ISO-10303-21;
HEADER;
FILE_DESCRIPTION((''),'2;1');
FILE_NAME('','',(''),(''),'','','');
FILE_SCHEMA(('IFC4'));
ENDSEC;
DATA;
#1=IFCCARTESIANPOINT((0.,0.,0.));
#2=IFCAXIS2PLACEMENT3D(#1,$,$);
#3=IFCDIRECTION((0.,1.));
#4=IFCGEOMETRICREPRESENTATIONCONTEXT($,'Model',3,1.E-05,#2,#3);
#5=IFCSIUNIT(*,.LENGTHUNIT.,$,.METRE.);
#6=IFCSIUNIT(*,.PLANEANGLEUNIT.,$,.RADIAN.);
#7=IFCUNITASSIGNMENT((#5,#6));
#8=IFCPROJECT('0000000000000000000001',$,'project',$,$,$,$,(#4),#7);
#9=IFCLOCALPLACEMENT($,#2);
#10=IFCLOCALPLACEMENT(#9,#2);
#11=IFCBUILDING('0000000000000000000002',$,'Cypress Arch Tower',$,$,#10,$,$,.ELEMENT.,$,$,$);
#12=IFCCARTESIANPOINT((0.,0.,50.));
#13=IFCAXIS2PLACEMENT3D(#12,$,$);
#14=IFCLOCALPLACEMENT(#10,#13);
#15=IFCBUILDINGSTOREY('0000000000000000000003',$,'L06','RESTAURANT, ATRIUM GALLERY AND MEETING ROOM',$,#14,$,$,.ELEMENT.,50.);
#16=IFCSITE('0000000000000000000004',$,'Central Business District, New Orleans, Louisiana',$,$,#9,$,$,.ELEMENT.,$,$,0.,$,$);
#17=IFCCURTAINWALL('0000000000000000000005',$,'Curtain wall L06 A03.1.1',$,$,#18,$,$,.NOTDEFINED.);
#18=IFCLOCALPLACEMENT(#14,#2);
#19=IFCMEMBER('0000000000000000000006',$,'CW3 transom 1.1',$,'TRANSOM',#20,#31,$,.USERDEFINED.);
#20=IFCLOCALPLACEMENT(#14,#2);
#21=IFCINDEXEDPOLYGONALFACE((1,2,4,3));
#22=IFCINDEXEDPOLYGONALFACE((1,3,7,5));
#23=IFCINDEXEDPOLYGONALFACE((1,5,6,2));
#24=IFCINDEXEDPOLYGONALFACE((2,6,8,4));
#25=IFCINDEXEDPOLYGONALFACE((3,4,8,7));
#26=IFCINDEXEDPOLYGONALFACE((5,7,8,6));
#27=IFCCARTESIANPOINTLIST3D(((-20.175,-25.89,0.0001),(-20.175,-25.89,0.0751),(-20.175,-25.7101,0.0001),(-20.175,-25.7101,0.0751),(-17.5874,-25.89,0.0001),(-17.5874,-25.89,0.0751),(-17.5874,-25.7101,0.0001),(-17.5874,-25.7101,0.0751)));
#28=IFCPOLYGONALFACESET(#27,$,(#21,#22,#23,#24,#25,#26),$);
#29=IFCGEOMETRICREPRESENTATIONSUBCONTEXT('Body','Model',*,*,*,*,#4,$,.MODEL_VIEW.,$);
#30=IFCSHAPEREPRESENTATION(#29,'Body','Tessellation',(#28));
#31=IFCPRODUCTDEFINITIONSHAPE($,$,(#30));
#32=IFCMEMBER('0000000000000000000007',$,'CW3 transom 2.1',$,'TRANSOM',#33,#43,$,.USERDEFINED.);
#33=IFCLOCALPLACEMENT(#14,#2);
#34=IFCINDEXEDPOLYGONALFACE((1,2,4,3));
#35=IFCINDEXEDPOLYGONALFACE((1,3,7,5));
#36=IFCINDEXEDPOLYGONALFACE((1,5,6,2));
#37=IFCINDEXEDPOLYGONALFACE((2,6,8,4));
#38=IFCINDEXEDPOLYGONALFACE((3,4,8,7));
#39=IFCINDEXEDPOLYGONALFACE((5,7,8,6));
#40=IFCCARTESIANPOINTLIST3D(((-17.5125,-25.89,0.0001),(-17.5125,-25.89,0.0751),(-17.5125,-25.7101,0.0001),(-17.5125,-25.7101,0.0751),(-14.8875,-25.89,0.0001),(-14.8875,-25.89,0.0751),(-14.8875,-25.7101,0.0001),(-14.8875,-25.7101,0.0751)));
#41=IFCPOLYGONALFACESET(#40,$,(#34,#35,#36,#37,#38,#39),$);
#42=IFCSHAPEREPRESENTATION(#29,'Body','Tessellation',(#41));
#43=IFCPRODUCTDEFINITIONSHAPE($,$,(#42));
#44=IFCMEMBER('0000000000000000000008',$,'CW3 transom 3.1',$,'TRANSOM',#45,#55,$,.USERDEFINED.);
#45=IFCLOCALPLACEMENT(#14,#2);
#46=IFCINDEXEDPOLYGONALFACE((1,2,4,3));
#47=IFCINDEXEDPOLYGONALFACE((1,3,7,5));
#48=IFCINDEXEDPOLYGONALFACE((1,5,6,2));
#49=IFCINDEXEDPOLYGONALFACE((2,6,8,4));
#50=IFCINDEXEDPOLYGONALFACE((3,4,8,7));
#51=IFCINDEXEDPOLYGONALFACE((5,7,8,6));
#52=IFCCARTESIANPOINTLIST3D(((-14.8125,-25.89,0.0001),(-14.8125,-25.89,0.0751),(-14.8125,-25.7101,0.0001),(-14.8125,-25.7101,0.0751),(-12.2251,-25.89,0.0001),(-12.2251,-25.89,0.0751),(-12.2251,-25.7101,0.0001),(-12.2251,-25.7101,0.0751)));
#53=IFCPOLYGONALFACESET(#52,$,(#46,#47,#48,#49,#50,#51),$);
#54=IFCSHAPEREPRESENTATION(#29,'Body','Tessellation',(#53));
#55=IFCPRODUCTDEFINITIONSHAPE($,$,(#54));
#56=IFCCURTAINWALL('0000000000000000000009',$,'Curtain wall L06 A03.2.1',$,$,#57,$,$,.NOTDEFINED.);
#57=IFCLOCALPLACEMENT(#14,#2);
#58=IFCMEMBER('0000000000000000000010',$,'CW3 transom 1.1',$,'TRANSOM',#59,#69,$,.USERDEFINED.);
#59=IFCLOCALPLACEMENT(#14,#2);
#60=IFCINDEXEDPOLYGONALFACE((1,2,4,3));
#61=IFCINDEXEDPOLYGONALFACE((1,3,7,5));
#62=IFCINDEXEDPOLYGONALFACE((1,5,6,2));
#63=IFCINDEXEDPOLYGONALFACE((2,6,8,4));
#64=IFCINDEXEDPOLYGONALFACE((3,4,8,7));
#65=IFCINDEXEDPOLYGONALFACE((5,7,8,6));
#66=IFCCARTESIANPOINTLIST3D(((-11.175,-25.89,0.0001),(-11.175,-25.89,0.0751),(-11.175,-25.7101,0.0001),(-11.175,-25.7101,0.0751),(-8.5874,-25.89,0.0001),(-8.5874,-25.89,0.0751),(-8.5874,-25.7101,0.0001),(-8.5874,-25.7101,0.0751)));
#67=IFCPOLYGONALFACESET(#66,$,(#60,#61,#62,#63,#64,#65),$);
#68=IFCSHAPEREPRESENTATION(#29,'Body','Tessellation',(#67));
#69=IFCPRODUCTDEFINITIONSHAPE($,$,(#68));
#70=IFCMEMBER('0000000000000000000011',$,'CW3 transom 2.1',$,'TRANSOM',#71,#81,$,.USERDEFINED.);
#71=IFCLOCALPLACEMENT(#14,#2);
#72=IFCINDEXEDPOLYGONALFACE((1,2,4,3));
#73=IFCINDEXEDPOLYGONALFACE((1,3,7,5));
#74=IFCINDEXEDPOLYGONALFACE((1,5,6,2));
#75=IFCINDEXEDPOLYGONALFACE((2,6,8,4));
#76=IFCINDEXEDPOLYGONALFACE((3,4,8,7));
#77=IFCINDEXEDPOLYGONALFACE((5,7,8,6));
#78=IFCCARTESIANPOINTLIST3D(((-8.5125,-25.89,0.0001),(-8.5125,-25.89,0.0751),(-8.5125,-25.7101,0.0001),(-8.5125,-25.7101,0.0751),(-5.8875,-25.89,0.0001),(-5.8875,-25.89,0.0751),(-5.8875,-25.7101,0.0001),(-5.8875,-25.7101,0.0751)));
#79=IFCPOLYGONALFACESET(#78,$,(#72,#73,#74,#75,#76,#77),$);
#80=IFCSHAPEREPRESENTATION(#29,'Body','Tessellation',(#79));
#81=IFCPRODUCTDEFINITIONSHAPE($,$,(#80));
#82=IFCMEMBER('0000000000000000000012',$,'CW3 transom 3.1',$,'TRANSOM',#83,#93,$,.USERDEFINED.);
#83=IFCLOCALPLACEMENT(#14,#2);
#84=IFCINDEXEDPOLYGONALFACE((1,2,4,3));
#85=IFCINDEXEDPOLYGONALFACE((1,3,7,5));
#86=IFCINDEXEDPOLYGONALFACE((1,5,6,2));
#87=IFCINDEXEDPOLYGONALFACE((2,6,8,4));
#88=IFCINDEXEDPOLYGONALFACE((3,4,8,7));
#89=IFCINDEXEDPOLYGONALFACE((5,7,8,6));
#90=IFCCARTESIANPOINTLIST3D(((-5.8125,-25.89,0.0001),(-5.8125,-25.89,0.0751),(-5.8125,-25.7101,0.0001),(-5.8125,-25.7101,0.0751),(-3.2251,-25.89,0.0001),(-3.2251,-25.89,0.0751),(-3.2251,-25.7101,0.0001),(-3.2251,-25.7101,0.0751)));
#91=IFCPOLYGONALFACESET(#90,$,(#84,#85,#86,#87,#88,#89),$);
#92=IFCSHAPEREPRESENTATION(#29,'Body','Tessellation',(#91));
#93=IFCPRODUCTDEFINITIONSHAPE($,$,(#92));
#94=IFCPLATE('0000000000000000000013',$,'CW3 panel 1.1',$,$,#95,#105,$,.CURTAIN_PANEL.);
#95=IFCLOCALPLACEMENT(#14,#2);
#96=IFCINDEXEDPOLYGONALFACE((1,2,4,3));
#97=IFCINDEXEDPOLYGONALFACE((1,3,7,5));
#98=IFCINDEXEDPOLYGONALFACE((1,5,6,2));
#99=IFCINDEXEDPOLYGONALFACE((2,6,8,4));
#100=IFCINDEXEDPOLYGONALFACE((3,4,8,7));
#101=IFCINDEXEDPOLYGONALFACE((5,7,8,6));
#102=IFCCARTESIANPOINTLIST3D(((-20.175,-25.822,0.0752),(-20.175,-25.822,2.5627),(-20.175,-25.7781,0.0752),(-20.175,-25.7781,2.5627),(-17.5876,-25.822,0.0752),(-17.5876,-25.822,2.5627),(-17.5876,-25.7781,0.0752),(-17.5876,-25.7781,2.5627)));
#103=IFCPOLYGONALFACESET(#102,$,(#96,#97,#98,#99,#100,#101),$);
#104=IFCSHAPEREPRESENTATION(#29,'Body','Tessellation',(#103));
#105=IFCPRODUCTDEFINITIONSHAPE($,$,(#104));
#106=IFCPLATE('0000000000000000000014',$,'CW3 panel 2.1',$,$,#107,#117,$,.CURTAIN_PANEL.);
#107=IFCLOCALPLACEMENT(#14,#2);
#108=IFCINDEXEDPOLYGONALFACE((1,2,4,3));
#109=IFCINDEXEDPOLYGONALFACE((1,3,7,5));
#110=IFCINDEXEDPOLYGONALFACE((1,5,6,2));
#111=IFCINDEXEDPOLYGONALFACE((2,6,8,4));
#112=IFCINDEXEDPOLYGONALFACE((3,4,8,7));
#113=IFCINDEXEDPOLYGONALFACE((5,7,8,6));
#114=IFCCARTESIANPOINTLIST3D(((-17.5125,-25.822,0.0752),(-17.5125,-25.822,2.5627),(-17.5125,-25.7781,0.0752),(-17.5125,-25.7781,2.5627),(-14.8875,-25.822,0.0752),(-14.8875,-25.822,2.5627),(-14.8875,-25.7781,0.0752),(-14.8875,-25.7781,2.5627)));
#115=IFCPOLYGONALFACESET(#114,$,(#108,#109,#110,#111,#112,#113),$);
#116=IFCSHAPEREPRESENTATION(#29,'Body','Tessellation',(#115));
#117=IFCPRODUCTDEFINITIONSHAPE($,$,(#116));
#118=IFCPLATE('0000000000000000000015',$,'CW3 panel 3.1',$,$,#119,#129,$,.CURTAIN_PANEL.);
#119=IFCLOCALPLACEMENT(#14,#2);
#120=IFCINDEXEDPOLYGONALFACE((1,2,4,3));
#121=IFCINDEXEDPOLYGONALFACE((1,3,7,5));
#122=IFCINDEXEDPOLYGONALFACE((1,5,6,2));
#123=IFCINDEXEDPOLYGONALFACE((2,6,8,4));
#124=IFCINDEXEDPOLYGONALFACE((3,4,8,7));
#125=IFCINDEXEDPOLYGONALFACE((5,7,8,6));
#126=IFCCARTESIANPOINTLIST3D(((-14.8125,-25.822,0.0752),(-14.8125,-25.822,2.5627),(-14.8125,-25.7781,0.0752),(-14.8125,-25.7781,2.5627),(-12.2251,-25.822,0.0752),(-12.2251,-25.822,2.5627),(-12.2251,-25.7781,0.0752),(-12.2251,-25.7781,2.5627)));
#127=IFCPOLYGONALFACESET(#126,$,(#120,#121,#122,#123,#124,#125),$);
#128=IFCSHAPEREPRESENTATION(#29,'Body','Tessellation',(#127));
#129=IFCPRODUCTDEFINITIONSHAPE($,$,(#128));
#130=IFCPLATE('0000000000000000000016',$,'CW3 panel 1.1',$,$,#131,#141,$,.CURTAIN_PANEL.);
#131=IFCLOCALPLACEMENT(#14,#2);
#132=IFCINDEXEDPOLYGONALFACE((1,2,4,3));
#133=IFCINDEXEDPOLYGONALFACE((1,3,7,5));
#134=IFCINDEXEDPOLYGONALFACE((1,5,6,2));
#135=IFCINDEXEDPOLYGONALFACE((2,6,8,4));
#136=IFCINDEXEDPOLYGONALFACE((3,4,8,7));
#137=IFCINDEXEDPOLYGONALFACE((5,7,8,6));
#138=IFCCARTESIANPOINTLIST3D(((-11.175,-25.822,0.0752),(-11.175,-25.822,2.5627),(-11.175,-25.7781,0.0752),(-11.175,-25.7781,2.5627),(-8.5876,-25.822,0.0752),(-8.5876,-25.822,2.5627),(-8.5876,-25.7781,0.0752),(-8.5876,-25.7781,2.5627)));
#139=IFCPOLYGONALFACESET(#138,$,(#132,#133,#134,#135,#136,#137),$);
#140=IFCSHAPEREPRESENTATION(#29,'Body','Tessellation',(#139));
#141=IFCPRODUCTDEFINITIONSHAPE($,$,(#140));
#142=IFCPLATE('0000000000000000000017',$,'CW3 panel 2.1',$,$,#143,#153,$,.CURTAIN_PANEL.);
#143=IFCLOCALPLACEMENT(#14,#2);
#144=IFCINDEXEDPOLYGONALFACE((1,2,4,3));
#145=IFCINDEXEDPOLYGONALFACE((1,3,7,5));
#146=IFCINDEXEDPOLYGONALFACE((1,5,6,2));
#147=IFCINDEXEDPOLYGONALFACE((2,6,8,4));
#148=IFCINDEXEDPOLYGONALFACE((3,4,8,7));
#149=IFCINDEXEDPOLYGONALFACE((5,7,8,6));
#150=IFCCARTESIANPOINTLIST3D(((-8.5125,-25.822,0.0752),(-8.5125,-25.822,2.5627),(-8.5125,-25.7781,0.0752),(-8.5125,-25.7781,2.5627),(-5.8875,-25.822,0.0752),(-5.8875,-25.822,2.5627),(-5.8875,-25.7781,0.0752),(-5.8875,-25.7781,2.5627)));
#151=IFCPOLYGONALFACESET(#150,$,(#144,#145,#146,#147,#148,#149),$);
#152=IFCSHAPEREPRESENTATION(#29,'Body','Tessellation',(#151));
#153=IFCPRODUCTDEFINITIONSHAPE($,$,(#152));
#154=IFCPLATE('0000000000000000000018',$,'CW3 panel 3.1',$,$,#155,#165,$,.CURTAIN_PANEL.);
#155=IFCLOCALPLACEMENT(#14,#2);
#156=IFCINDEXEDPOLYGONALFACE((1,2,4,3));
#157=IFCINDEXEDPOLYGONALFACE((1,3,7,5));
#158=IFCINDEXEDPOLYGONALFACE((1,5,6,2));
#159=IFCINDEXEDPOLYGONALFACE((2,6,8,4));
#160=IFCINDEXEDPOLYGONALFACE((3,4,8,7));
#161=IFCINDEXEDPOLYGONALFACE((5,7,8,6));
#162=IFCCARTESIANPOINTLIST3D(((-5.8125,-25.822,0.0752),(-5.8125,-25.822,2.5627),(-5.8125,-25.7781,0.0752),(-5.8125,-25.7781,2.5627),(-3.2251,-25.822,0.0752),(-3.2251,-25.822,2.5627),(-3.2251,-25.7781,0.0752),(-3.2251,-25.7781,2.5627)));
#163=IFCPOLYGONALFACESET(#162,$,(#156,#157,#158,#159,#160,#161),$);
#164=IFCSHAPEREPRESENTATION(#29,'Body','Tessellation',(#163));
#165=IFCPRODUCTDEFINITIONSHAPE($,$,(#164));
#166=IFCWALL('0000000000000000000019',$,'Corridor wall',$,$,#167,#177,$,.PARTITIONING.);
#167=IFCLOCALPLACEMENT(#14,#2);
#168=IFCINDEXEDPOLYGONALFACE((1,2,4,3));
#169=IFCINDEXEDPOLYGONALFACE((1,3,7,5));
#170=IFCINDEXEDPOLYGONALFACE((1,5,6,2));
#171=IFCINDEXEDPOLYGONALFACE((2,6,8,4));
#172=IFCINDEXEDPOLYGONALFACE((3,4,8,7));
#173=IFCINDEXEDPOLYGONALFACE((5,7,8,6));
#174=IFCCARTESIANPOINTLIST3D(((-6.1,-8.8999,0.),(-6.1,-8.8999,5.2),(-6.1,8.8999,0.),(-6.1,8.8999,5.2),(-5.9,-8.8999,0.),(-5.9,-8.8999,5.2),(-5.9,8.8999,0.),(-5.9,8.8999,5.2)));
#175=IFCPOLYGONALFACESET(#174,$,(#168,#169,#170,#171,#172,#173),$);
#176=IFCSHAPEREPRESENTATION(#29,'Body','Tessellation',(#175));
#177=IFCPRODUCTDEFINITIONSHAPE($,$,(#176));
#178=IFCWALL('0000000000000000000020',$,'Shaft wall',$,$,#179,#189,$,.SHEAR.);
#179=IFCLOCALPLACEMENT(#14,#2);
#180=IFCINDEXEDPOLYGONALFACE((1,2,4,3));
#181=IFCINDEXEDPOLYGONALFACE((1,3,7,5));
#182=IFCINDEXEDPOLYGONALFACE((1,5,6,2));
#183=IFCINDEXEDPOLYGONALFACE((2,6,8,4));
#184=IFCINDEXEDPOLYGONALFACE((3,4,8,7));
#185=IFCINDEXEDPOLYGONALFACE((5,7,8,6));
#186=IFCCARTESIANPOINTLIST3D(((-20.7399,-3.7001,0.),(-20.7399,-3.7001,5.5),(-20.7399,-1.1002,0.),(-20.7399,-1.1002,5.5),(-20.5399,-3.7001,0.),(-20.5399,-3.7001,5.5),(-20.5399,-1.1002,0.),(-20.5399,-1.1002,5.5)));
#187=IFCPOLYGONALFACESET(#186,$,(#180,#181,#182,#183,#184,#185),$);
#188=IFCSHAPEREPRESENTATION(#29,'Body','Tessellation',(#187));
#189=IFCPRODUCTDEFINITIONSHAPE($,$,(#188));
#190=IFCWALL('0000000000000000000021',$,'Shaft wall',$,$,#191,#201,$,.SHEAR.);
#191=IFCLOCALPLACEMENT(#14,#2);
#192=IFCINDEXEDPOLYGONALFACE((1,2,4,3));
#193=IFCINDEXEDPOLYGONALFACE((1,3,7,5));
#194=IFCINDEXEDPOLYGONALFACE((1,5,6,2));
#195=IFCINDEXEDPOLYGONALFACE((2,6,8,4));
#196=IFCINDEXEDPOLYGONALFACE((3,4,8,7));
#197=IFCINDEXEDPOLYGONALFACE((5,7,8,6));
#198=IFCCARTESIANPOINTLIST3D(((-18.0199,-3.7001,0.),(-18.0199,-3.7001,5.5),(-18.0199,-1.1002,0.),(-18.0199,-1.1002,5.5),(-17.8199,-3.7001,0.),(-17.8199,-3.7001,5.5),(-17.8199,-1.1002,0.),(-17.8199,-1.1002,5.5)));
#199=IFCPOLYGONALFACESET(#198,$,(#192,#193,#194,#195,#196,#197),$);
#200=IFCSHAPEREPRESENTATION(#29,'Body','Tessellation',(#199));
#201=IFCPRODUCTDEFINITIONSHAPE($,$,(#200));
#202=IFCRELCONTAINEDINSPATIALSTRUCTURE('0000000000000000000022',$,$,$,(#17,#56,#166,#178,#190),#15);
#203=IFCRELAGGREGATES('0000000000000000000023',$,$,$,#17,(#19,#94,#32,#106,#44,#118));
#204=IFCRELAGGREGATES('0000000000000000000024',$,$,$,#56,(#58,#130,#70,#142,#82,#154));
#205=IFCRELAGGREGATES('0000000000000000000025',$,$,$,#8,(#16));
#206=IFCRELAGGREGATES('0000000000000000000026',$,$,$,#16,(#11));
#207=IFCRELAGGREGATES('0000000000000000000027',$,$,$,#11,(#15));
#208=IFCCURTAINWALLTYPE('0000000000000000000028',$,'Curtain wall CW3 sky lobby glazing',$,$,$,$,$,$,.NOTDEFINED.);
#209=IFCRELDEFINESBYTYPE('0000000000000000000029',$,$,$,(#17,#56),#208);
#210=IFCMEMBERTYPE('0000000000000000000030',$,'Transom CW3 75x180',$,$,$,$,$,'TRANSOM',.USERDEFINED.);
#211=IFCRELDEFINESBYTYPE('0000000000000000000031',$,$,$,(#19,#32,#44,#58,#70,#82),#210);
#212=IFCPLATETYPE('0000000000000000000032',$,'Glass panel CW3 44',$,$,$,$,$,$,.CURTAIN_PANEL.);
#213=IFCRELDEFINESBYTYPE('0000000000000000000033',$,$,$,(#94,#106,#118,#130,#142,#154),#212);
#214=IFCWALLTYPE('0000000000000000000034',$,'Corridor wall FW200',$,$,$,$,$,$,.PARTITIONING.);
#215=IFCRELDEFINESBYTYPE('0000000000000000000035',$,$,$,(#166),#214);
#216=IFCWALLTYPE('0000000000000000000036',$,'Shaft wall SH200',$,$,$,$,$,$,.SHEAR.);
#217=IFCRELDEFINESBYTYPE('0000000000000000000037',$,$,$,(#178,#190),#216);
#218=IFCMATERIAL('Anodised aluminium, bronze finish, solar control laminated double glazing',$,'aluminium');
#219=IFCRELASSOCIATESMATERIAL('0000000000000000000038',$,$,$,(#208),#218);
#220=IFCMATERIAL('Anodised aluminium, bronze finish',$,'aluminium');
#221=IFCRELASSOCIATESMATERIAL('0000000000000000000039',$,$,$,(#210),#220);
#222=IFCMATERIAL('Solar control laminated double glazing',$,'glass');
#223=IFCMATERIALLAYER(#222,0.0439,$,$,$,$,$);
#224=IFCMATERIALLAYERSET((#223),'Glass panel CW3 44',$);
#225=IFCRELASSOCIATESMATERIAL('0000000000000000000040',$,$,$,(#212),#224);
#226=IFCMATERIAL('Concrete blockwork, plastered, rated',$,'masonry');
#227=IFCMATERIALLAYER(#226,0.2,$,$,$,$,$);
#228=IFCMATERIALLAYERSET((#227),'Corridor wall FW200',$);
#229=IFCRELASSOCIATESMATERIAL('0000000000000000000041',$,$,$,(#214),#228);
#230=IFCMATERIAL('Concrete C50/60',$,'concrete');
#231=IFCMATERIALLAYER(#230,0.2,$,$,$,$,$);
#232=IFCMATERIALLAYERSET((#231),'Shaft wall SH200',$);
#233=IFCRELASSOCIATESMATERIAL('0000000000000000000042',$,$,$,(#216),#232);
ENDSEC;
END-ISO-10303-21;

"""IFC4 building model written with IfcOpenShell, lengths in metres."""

from ifc_helpers import new_model, si_unit, direction, frame, frame_2d, origin, origin_2d, place, context, subcontext, project, spatial, rectangle, extrude, material, layer, layer_set, material_profile, profile_set, type_object, element, aggregate, save


model = new_model("IFC4")

# Units and contexts
model_context = context("Model", 3, precision=1e-05, world=origin(), true_north=direction((0.0, 1.0)))
body_context = subcontext(model_context, "Body", "Model", "MODEL_VIEW")
ifc_project = project(units=[si_unit("LENGTHUNIT", "METRE"), si_unit("PLANEANGLEUNIT", "RADIAN")], contexts=[model_context])

# Site, building, storey
site_placement = place(None, origin())
site = spatial("IfcSite", under=ifc_project, at=site_placement, Name="Central Business District, New Orleans, Louisiana", CompositionType="ELEMENT", RefElevation=0.0)
building_placement = place(site_placement, origin())
building = spatial("IfcBuilding", under=site, at=building_placement, Name="Cypress Arch Tower", CompositionType="ELEMENT")
storey_placement = place(building_placement, frame((0.0, 0.0, 50.0)))
storey = spatial("IfcBuildingStorey", under=building, at=storey_placement, Name="L06", Description="RESTAURANT, ATRIUM GALLERY AND MEETING ROOM", CompositionType="ELEMENT", Elevation=50.0)

# Curtain walls, members
ifc_material_1 = material(Name="Anodised aluminium, bronze finish, solar control laminated double glazing", Category="aluminium")
curtain_wall_type = type_object("IfcCurtainWallType", Name="Curtain wall CW3 sky lobby glazing", PredefinedType="NOTDEFINED", material=ifc_material_1)
curtain_wall_1_placement = place(storey_placement, origin())
curtain_wall_1 = element("IfcCurtainWall", 1, at=curtain_wall_1_placement, inside=storey, type_object=curtain_wall_type, Name="Curtain wall L06 A03.1.1", PredefinedType="NOTDEFINED")
ifc_material_2 = material(Name="Anodised aluminium, bronze finish", Category="aluminium")
ifc_material_profile = material_profile(ifc_material_2, rectangle(XDim=0.1799, YDim=0.075, at=origin_2d()), Name="Transom 75x180")
ifc_profile_set = profile_set([ifc_material_profile], Name="Anodised aluminium, bronze finish")
member_type = type_object("IfcMemberType", Name="Transom CW3 75x180", ElementType="TRANSOM", PredefinedType="USERDEFINED", material=ifc_profile_set)
member_1_placement = place(storey_placement, frame((-20.175, -25.8, 0.0376), z_axis=(1.0, 0.0, 0.0), x_axis=(0.0, 1.0, 0.0)))
member_1 = element("IfcMember", 2, at=member_1_placement, type_object=member_type, Name="CW3 transom 1.1", ObjectType="TRANSOM", PredefinedType="USERDEFINED", context=body_context, shape_type="SweptSolid", body=[
    extrude(rectangle(XDim=0.1799, YDim=0.075, at=origin_2d()), origin(), (0.0, 0.0, 1.0), 2.5876),
])
member_2_placement = place(storey_placement, frame((-17.5125, -25.8, 0.0376), z_axis=(1.0, 0.0, 0.0), x_axis=(0.0, 1.0, 0.0)))
member_2 = element("IfcMember", 3, at=member_2_placement, type_object=member_type, Name="CW3 transom 2.1", ObjectType="TRANSOM", PredefinedType="USERDEFINED", context=body_context, shape_type="SweptSolid", body=[
    extrude(rectangle(XDim=0.1799, YDim=0.075, at=origin_2d()), origin(), (0.0, 0.0, 1.0), 2.625),
])
member_3_placement = place(storey_placement, frame((-14.8125, -25.8, 0.0376), z_axis=(1.0, 0.0, 0.0), x_axis=(0.0, 1.0, 0.0)))
member_3 = element("IfcMember", 4, at=member_3_placement, type_object=member_type, Name="CW3 transom 3.1", ObjectType="TRANSOM", PredefinedType="USERDEFINED", context=body_context, shape_type="SweptSolid", body=[
    extrude(rectangle(XDim=0.1799, YDim=0.075, at=origin_2d()), origin(), (0.0, 0.0, 1.0), 2.5874),
])
curtain_wall_2_placement = place(storey_placement, origin())
curtain_wall_2 = element("IfcCurtainWall", 5, at=curtain_wall_2_placement, inside=storey, type_object=curtain_wall_type, Name="Curtain wall L06 A03.2.1", PredefinedType="NOTDEFINED")
member_4_placement = place(storey_placement, frame((-11.175, -25.8, 0.0376), z_axis=(1.0, 0.0, 0.0), x_axis=(0.0, 1.0, 0.0)))
member_4 = element("IfcMember", 6, at=member_4_placement, type_object=member_type, Name="CW3 transom 1.1", ObjectType="TRANSOM", PredefinedType="USERDEFINED", context=body_context, shape_type="SweptSolid", body=[
    extrude(rectangle(XDim=0.1799, YDim=0.075, at=origin_2d()), origin(), (0.0, 0.0, 1.0), 2.5876),
])
member_5_placement = place(storey_placement, frame((-8.5125, -25.8, 0.0376), z_axis=(1.0, 0.0, 0.0), x_axis=(0.0, 1.0, 0.0)))
member_5 = element("IfcMember", 7, at=member_5_placement, type_object=member_type, Name="CW3 transom 2.1", ObjectType="TRANSOM", PredefinedType="USERDEFINED", context=body_context, shape_type="SweptSolid", body=[
    extrude(rectangle(XDim=0.1799, YDim=0.075, at=origin_2d()), origin(), (0.0, 0.0, 1.0), 2.625),
])
member_6_placement = place(storey_placement, frame((-5.8125, -25.8, 0.0376), z_axis=(1.0, 0.0, 0.0), x_axis=(0.0, 1.0, 0.0)))
member_6 = element("IfcMember", 8, at=member_6_placement, type_object=member_type, Name="CW3 transom 3.1", ObjectType="TRANSOM", PredefinedType="USERDEFINED", context=body_context, shape_type="SweptSolid", body=[
    extrude(rectangle(XDim=0.1799, YDim=0.075, at=origin_2d()), origin(), (0.0, 0.0, 1.0), 2.5874),
])

# Plates
ifc_material_3 = material(Name="Solar control laminated double glazing", Category="glass")
ifc_layer_1 = layer(ifc_material_3, 0.0439)
ifc_layer_set_1 = layer_set([ifc_layer_1], Name="Glass panel CW3 44")
plate_type = type_object("IfcPlateType", Name="Glass panel CW3 44", PredefinedType="CURTAIN_PANEL", material=ifc_layer_set_1)
plate_1_placement = place(storey_placement, frame((-18.8813, -25.8, 0.0752), z_axis=(0.0, 0.0, 1.0), x_axis=(1.0, 0.0, 0.0)))
plate_1 = element("IfcPlate", 9, at=plate_1_placement, type_object=plate_type, Name="CW3 panel 1.1", PredefinedType="CURTAIN_PANEL", context=body_context, shape_type="SweptSolid", body=[
    extrude(rectangle(XDim=2.5874, YDim=0.0439, at=origin_2d()), origin(), (0.0, 0.0, 1.0), 2.4875),
])
plate_2_placement = place(storey_placement, frame((-16.2, -25.8, 0.0752), z_axis=(0.0, 0.0, 1.0), x_axis=(1.0, 0.0, 0.0)))
plate_2 = element("IfcPlate", 10, at=plate_2_placement, type_object=plate_type, Name="CW3 panel 2.1", PredefinedType="CURTAIN_PANEL", context=body_context, shape_type="SweptSolid", body=[
    extrude(rectangle(XDim=2.625, YDim=0.0439, at=origin_2d()), origin(), (0.0, 0.0, 1.0), 2.4875),
])
plate_3_placement = place(storey_placement, frame((-13.5188, -25.8, 0.0752), z_axis=(0.0, 0.0, 1.0), x_axis=(1.0, 0.0, 0.0)))
plate_3 = element("IfcPlate", 11, at=plate_3_placement, type_object=plate_type, Name="CW3 panel 3.1", PredefinedType="CURTAIN_PANEL", context=body_context, shape_type="SweptSolid", body=[
    extrude(rectangle(XDim=2.5874, YDim=0.0439, at=origin_2d()), origin(), (0.0, 0.0, 1.0), 2.4875),
])
aggregate(curtain_wall_1, [member_1, plate_1, member_2, plate_2, member_3, plate_3])
plate_4_placement = place(storey_placement, frame((-9.8813, -25.8, 0.0752), z_axis=(0.0, 0.0, 1.0), x_axis=(1.0, 0.0, 0.0)))
plate_4 = element("IfcPlate", 12, at=plate_4_placement, type_object=plate_type, Name="CW3 panel 1.1", PredefinedType="CURTAIN_PANEL", context=body_context, shape_type="SweptSolid", body=[
    extrude(rectangle(XDim=2.5874, YDim=0.0439, at=origin_2d()), origin(), (0.0, 0.0, 1.0), 2.4875),
])
plate_5_placement = place(storey_placement, frame((-7.2, -25.8, 0.0752), z_axis=(0.0, 0.0, 1.0), x_axis=(1.0, 0.0, 0.0)))
plate_5 = element("IfcPlate", 13, at=plate_5_placement, type_object=plate_type, Name="CW3 panel 2.1", PredefinedType="CURTAIN_PANEL", context=body_context, shape_type="SweptSolid", body=[
    extrude(rectangle(XDim=2.625, YDim=0.0439, at=origin_2d()), origin(), (0.0, 0.0, 1.0), 2.4875),
])
plate_6_placement = place(storey_placement, frame((-4.5188, -25.8, 0.0752), z_axis=(0.0, 0.0, 1.0), x_axis=(1.0, 0.0, 0.0)))
plate_6 = element("IfcPlate", 14, at=plate_6_placement, type_object=plate_type, Name="CW3 panel 3.1", PredefinedType="CURTAIN_PANEL", context=body_context, shape_type="SweptSolid", body=[
    extrude(rectangle(XDim=2.5874, YDim=0.0439, at=origin_2d()), origin(), (0.0, 0.0, 1.0), 2.4875),
])
aggregate(curtain_wall_2, [member_4, plate_4, member_5, plate_5, member_6, plate_6])

# Walls
ifc_material_4 = material(Name="Concrete blockwork, plastered, rated", Category="masonry")
ifc_layer_2 = layer(ifc_material_4, 0.2)
ifc_layer_set_2 = layer_set([ifc_layer_2], Name="Corridor wall FW200")
wall_type_1 = type_object("IfcWallType", Name="Corridor wall FW200", PredefinedType="PARTITIONING", material=ifc_layer_set_2)
wall_placement = place(storey_placement, frame((-6.0, -8.8999, 0.0), z_axis=(0.0, 0.0, 1.0), x_axis=(0.0, 1.0, 0.0)))
element("IfcWall", 15, at=wall_placement, inside=storey, type_object=wall_type_1, Name="Corridor wall", PredefinedType="PARTITIONING", context=body_context, shape_type="SweptSolid", body=[
    extrude(rectangle(XDim=17.7998, YDim=0.2, at=frame_2d((8.8999, 0.0))), origin(), (0.0, 0.0, 1.0), 5.2),
])
ifc_material_5 = material(Name="Concrete C50/60", Category="concrete")
ifc_layer_3 = layer(ifc_material_5, 0.2)
ifc_layer_set_3 = layer_set([ifc_layer_3], Name="Shaft wall SH200")
wall_type_2 = type_object("IfcWallType", Name="Shaft wall SH200", PredefinedType="SHEAR", material=ifc_layer_set_3)
for number, where, z_axis, x_axis, name in (
    (16, (-20.6399, -3.7, 0.0), (0.0, 0.0, 1.0), (0.0, 1.0, 0.0), "Shaft wall"),
    (17, (-17.9199, -3.7, 0.0), (0.0, 0.0, 1.0), (0.0, 1.0, 0.0), "Shaft wall"),
):
    element("IfcWall", number, at=place(storey_placement, frame(where, z_axis=z_axis, x_axis=x_axis)), inside=storey, type_object=wall_type_2, Name=name, PredefinedType="SHEAR", context=body_context, shape_type="SweptSolid", body=[
        extrude(rectangle(XDim=2.5999, YDim=0.2, at=frame_2d((1.2998, 0.0))), origin(), (0.0, 0.0, 1.0), 5.5),
    ])

save(model, "model.ifc")
